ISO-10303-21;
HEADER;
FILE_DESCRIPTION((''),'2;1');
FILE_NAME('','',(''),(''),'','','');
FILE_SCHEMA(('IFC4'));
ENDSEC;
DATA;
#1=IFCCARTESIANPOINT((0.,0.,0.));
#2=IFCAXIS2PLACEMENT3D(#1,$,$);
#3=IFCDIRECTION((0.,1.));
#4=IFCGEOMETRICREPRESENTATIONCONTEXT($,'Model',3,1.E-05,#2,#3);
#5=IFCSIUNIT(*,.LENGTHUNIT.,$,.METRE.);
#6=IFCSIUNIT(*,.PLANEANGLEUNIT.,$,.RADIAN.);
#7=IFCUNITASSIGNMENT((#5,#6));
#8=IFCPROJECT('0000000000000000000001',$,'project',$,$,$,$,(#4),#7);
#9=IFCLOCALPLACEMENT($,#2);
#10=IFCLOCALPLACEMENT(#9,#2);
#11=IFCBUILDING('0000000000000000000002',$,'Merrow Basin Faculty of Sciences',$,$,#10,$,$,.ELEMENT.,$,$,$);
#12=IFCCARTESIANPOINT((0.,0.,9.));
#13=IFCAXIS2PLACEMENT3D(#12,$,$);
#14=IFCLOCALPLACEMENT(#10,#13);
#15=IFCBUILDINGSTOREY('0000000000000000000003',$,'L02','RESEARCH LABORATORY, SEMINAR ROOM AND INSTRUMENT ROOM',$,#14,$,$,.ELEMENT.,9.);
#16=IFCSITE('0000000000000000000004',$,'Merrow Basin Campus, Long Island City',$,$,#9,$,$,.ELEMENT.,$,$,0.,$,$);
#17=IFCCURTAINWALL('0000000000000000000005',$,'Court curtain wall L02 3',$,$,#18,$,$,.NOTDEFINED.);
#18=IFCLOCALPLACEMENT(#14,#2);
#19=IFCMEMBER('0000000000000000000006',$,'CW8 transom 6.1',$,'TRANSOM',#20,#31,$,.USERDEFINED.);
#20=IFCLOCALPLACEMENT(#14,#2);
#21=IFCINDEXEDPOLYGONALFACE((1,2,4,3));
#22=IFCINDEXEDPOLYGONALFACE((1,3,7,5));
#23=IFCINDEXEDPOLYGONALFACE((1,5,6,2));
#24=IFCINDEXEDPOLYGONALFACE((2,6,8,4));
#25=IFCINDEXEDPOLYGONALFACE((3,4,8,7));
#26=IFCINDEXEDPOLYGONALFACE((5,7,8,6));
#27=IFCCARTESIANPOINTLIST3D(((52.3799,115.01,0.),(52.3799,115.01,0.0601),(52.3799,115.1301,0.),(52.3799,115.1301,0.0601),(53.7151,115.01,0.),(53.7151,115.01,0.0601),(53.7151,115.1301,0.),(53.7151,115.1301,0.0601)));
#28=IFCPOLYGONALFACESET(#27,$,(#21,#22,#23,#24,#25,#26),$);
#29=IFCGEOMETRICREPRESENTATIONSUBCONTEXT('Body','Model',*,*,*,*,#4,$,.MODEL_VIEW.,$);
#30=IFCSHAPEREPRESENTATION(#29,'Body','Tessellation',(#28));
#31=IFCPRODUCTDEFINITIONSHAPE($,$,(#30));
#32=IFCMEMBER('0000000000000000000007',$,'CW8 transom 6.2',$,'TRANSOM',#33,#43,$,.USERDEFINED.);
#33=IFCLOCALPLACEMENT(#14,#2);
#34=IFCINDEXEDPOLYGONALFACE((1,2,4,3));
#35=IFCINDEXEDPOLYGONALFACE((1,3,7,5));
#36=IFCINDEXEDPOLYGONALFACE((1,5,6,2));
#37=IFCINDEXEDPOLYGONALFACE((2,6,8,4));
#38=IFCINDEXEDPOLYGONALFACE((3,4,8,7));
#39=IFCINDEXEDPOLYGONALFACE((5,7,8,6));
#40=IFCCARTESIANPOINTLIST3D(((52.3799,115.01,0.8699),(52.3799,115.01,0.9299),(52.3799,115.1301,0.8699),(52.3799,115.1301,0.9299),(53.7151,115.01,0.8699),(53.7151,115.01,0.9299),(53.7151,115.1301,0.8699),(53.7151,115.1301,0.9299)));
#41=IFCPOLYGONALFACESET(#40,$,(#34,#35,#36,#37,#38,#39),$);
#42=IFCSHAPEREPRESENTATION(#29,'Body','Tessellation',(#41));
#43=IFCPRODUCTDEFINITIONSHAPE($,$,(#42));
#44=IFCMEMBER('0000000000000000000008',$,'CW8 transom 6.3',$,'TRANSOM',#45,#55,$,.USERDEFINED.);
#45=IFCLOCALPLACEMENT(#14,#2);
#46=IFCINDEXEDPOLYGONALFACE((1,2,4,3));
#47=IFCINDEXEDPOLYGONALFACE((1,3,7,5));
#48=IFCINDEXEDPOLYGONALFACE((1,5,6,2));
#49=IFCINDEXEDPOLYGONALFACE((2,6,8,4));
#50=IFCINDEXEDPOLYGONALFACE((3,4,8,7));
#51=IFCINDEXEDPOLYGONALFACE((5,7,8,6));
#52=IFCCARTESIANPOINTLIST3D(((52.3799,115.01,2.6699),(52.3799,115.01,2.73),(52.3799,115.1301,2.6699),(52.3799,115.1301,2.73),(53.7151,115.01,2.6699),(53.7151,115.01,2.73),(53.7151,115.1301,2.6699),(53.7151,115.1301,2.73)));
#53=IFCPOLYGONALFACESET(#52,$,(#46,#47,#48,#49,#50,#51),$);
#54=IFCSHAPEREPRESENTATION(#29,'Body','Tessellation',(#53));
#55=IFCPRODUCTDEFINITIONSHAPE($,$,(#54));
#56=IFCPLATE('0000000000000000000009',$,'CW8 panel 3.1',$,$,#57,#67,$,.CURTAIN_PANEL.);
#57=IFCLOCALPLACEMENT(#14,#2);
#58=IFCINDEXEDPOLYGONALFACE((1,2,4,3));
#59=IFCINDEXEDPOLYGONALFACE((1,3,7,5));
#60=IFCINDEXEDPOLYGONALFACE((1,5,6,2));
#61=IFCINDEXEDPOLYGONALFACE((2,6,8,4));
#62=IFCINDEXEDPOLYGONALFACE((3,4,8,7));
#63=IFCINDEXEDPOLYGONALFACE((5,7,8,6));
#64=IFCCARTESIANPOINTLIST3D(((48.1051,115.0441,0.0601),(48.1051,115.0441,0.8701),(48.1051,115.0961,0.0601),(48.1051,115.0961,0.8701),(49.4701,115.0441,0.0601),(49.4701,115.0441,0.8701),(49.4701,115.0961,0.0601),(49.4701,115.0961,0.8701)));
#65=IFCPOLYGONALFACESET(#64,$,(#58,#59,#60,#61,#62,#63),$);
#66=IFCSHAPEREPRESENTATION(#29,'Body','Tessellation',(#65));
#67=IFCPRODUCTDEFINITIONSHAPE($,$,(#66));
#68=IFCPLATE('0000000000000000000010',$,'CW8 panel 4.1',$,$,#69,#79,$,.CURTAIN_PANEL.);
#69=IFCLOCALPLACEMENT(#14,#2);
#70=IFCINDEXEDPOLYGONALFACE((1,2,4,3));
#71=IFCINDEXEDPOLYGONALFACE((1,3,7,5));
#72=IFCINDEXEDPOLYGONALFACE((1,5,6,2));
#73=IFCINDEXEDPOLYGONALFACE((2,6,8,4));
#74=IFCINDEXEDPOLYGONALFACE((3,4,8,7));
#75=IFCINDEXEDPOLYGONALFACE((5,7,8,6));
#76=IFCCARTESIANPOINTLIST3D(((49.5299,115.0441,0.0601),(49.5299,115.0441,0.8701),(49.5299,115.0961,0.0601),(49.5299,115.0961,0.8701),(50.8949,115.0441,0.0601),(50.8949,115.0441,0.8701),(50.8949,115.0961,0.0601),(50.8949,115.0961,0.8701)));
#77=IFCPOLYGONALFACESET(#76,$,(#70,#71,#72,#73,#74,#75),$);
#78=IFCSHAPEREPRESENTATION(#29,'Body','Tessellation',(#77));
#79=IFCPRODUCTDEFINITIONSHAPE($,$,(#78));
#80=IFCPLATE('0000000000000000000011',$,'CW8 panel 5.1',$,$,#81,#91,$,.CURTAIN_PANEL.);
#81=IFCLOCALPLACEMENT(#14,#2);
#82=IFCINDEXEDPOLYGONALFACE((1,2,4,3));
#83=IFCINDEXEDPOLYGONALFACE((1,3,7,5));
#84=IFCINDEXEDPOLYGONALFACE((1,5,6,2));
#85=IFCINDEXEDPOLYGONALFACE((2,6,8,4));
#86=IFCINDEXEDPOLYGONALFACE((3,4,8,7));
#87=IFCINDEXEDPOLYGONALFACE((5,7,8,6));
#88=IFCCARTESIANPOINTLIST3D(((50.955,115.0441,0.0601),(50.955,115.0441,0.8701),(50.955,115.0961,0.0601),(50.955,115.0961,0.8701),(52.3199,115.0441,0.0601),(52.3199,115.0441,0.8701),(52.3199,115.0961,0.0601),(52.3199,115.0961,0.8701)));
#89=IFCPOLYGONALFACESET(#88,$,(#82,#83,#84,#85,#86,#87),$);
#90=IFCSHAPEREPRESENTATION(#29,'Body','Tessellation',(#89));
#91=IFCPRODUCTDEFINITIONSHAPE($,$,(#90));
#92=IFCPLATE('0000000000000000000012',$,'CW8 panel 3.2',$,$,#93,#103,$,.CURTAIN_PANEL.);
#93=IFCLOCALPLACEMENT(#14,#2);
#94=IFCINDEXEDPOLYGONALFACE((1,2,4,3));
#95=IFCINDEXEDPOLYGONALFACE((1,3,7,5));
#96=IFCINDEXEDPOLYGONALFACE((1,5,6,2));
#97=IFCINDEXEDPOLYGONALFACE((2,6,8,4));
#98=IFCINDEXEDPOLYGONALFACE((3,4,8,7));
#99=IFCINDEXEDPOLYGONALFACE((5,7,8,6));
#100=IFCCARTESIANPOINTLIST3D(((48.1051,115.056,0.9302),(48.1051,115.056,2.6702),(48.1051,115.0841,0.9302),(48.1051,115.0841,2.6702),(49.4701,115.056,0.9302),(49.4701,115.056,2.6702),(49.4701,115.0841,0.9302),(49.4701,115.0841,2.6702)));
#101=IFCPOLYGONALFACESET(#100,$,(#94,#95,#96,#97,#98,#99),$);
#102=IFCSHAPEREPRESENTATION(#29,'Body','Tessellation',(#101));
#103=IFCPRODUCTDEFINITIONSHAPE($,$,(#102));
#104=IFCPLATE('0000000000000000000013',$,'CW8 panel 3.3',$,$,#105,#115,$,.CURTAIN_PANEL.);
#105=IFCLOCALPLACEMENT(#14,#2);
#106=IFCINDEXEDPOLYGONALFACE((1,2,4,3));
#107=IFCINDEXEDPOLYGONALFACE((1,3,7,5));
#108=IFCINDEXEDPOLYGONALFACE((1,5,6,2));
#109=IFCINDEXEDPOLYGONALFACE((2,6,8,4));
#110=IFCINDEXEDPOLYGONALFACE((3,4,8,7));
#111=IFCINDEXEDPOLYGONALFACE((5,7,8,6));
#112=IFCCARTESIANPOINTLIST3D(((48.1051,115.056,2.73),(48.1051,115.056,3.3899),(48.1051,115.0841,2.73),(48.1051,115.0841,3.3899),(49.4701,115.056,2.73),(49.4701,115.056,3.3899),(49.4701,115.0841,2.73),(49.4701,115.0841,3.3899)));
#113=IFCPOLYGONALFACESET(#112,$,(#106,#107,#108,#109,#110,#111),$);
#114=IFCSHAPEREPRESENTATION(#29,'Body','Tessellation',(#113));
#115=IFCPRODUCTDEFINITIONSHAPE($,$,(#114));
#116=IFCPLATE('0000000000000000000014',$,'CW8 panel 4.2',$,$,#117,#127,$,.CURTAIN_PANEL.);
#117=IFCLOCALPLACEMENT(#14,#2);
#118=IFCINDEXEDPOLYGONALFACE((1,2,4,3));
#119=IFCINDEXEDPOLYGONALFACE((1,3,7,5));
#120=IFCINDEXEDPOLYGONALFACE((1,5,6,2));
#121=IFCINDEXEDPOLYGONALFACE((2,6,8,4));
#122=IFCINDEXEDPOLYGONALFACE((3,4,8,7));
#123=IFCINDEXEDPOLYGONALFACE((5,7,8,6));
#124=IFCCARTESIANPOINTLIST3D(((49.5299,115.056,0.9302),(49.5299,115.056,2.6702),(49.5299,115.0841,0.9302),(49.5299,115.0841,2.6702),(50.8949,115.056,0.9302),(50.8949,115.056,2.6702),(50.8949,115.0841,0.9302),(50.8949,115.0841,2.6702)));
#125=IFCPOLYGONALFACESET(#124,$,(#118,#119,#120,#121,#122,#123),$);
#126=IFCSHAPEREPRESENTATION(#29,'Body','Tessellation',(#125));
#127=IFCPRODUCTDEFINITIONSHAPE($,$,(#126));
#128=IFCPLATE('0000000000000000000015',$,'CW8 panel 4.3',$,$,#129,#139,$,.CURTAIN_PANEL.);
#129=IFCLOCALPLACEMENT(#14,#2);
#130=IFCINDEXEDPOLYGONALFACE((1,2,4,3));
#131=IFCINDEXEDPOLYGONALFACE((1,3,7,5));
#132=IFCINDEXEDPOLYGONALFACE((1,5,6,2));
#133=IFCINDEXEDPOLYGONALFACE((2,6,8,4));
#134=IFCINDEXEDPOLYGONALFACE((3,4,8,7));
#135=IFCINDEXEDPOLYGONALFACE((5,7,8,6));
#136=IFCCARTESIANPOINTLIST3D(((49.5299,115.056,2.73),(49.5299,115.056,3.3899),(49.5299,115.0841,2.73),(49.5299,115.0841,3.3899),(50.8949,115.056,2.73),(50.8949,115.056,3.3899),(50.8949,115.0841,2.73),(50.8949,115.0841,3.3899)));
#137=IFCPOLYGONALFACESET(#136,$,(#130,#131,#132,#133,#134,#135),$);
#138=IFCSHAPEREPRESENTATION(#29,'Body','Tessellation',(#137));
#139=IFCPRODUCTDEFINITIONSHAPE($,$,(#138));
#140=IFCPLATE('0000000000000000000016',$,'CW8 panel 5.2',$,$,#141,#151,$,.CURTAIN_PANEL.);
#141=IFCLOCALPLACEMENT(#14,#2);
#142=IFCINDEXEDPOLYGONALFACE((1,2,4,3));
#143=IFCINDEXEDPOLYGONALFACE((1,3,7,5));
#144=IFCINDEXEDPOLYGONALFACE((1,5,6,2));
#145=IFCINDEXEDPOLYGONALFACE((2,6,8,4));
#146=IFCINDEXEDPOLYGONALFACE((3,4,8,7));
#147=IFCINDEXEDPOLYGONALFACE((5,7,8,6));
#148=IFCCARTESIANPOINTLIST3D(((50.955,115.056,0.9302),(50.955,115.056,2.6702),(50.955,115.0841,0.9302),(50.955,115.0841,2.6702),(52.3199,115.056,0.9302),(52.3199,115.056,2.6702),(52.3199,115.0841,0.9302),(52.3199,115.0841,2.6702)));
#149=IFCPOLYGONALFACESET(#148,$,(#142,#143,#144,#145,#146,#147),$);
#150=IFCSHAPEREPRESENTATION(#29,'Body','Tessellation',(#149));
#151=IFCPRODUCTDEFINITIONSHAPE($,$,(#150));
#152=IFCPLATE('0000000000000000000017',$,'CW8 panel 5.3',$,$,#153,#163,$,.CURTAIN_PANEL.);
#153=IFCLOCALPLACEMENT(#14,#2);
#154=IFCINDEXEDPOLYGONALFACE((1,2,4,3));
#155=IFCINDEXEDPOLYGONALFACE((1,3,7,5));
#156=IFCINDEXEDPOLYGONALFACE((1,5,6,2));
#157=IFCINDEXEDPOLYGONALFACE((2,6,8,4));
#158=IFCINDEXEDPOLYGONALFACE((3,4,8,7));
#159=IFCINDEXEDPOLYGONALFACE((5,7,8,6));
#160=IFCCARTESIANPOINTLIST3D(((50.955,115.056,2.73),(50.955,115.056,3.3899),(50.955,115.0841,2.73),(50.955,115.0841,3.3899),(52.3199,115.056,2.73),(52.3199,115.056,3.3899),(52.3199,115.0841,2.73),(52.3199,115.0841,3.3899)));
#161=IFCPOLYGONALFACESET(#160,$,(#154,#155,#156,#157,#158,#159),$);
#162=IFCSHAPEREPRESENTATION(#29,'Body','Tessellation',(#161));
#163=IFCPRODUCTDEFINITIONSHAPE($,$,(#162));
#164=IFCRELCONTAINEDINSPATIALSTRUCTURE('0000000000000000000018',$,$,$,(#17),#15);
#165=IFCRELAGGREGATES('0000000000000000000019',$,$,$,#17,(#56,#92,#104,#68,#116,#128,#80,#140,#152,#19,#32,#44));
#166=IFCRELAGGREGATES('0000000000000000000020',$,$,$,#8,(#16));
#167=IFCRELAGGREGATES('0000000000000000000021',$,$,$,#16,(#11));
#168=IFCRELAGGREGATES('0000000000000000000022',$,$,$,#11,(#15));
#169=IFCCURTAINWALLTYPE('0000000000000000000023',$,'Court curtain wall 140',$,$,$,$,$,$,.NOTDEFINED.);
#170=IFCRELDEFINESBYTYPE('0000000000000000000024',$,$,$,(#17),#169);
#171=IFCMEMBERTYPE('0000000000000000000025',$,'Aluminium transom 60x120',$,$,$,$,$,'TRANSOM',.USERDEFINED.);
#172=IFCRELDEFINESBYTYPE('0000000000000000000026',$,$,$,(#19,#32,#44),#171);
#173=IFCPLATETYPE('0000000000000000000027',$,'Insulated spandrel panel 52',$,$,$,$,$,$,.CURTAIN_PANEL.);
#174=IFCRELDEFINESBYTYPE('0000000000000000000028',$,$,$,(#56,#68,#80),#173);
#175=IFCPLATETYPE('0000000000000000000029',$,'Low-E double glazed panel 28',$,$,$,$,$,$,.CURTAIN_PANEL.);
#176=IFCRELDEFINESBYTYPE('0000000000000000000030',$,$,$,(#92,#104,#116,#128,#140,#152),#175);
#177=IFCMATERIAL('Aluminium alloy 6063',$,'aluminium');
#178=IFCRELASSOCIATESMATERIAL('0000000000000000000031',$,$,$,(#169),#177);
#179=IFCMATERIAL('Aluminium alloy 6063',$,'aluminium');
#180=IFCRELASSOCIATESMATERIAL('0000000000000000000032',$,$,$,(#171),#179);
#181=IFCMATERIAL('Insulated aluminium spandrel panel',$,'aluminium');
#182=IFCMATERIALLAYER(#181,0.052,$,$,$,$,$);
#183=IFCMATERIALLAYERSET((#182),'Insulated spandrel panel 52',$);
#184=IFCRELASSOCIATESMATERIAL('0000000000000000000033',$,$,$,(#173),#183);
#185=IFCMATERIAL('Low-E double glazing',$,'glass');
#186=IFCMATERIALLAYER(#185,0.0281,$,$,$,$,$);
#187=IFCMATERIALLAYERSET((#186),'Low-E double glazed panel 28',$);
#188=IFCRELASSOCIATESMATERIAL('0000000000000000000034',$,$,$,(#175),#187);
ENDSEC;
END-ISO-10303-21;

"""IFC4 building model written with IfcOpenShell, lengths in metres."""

from ifc_helpers import new_model, si_unit, direction, frame, origin, origin_2d, place, context, subcontext, project, spatial, rectangle, extrude, material, layer, layer_set, material_profile, profile_set, type_object, element, aggregate, save


model = new_model("IFC4")

# Units and contexts
model_context = context("Model", 3, precision=1e-05, world=origin(), true_north=direction((0.0, 1.0)))
body_context = subcontext(model_context, "Body", "Model", "MODEL_VIEW")
ifc_project = project(units=[si_unit("LENGTHUNIT", "METRE"), si_unit("PLANEANGLEUNIT", "RADIAN")], contexts=[model_context])

# Site, building, storey
site_placement = place(None, origin())
site = spatial("IfcSite", under=ifc_project, at=site_placement, Name="Merrow Basin Campus, Long Island City", CompositionType="ELEMENT", RefElevation=0.0)
building_placement = place(site_placement, origin())
building = spatial("IfcBuilding", under=site, at=building_placement, Name="Merrow Basin Faculty of Sciences", CompositionType="ELEMENT")
storey_placement = place(building_placement, frame((0.0, 0.0, 9.0)))
storey = spatial("IfcBuildingStorey", under=building, at=storey_placement, Name="L02", Description="RESEARCH LABORATORY, SEMINAR ROOM AND INSTRUMENT ROOM", CompositionType="ELEMENT", Elevation=9.0)

# Curtain wall, members, plates
ifc_material_1 = material(Name="Aluminium alloy 6063", Category="aluminium")
curtain_wall_type = type_object("IfcCurtainWallType", Name="Court curtain wall 140", PredefinedType="NOTDEFINED", material=ifc_material_1)
curtain_wall_placement = place(storey_placement, origin())
curtain_wall = element("IfcCurtainWall", 1, at=curtain_wall_placement, inside=storey, type_object=curtain_wall_type, Name="Court curtain wall L02 3", PredefinedType="NOTDEFINED")
ifc_material_2 = material(Name="Aluminium alloy 6063", Category="aluminium")
ifc_material_profile_1 = material_profile(ifc_material_2, rectangle(XDim=0.1201, YDim=0.0601, at=origin_2d()))
ifc_profile_set_1 = profile_set([ifc_material_profile_1], Name="Aluminium alloy 6063")
member_type_1 = type_object("IfcMemberType", Name="Aluminium transom 60x120", ElementType="TRANSOM", PredefinedType="USERDEFINED", material=ifc_profile_set_1)
member_1_placement = place(storey_placement, frame((52.3799, 115.0701, 0.03), z_axis=(1.0, 0.0, 0.0), x_axis=(0.0, 1.0, 0.0)))
member_1 = element("IfcMember", 2, at=member_1_placement, type_object=member_type_1, Name="CW8 transom 6.1", ObjectType="TRANSOM", PredefinedType="USERDEFINED", context=body_context, shape_type="SweptSolid", body=[
    extrude(rectangle(XDim=0.1201, YDim=0.0601, at=origin_2d()), origin(), (0.0, 0.0, 1.0), 1.3352),
])
member_2_placement = place(storey_placement, frame((52.3799, 115.0701, 0.8999), z_axis=(1.0, 0.0, 0.0), x_axis=(0.0, 1.0, 0.0)))
member_2 = element("IfcMember", 3, at=member_2_placement, type_object=member_type_1, Name="CW8 transom 6.2", ObjectType="TRANSOM", PredefinedType="USERDEFINED", context=body_context, shape_type="SweptSolid", body=[
    extrude(rectangle(XDim=0.1201, YDim=0.0601, at=origin_2d()), origin(), (0.0, 0.0, 1.0), 1.3352),
])
member_3_placement = place(storey_placement, frame((52.3799, 115.0701, 2.7), z_axis=(1.0, 0.0, 0.0), x_axis=(0.0, 1.0, 0.0)))
member_3 = element("IfcMember", 4, at=member_3_placement, type_object=member_type_1, Name="CW8 transom 6.3", ObjectType="TRANSOM", PredefinedType="USERDEFINED", context=body_context, shape_type="SweptSolid", body=[
    extrude(rectangle(XDim=0.1201, YDim=0.0601, at=origin_2d()), origin(), (0.0, 0.0, 1.0), 1.3352),
])
ifc_material_3 = material(Name="Insulated aluminium spandrel panel", Category="aluminium")
ifc_layer_1 = layer(ifc_material_3, 0.052)
ifc_layer_set_1 = layer_set([ifc_layer_1], Name="Insulated spandrel panel 52")
plate_type_1 = type_object("IfcPlateType", Name="Insulated spandrel panel 52", PredefinedType="CURTAIN_PANEL", material=ifc_layer_set_1)
plate_1_placement = place(storey_placement, frame((48.7876, 115.0701, 0.0601), z_axis=(0.0, 0.0, 1.0), x_axis=(1.0, 0.0, 0.0)))
plate_1 = element("IfcPlate", 5, at=plate_1_placement, type_object=plate_type_1, Name="CW8 panel 3.1", PredefinedType="CURTAIN_PANEL", context=body_context, shape_type="SweptSolid", body=[
    extrude(rectangle(XDim=1.365, YDim=0.052, at=origin_2d()), origin(), (0.0, 0.0, 1.0), 0.8101),
])
plate_2_placement = place(storey_placement, frame((50.2124, 115.0701, 0.0601), z_axis=(0.0, 0.0, 1.0), x_axis=(1.0, 0.0, 0.0)))
plate_2 = element("IfcPlate", 6, at=plate_2_placement, type_object=plate_type_1, Name="CW8 panel 4.1", PredefinedType="CURTAIN_PANEL", context=body_context, shape_type="SweptSolid", body=[
    extrude(rectangle(XDim=1.365, YDim=0.052, at=origin_2d()), origin(), (0.0, 0.0, 1.0), 0.8101),
])
plate_3_placement = place(storey_placement, frame((51.6375, 115.0701, 0.0601), z_axis=(0.0, 0.0, 1.0), x_axis=(1.0, 0.0, 0.0)))
plate_3 = element("IfcPlate", 7, at=plate_3_placement, type_object=plate_type_1, Name="CW8 panel 5.1", PredefinedType="CURTAIN_PANEL", context=body_context, shape_type="SweptSolid", body=[
    extrude(rectangle(XDim=1.365, YDim=0.052, at=origin_2d()), origin(), (0.0, 0.0, 1.0), 0.8101),
])
ifc_material_4 = material(Name="Low-E double glazing", Category="glass")
ifc_layer_2 = layer(ifc_material_4, 0.0281)
ifc_layer_set_2 = layer_set([ifc_layer_2], Name="Low-E double glazed panel 28")
plate_type_2 = type_object("IfcPlateType", Name="Low-E double glazed panel 28", PredefinedType="CURTAIN_PANEL", material=ifc_layer_set_2)
plate_4_placement = place(storey_placement, frame((48.7876, 115.0701, 0.9302), z_axis=(0.0, 0.0, 1.0), x_axis=(1.0, 0.0, 0.0)))
plate_4 = element("IfcPlate", 8, at=plate_4_placement, type_object=plate_type_2, Name="CW8 panel 3.2", PredefinedType="CURTAIN_PANEL", context=body_context, shape_type="SweptSolid", body=[
    extrude(rectangle(XDim=1.365, YDim=0.0281, at=origin_2d()), origin(), (0.0, 0.0, 1.0), 1.74),
])
plate_5_placement = place(storey_placement, frame((48.7876, 115.0701, 2.73), z_axis=(0.0, 0.0, 1.0), x_axis=(1.0, 0.0, 0.0)))
plate_5 = element("IfcPlate", 9, at=plate_5_placement, type_object=plate_type_2, Name="CW8 panel 3.3", PredefinedType="CURTAIN_PANEL", context=body_context, shape_type="SweptSolid", body=[
    extrude(rectangle(XDim=1.365, YDim=0.0281, at=origin_2d()), origin(), (0.0, 0.0, 1.0), 0.6599),
])
plate_6_placement = place(storey_placement, frame((50.2124, 115.0701, 0.9302), z_axis=(0.0, 0.0, 1.0), x_axis=(1.0, 0.0, 0.0)))
plate_6 = element("IfcPlate", 10, at=plate_6_placement, type_object=plate_type_2, Name="CW8 panel 4.2", PredefinedType="CURTAIN_PANEL", context=body_context, shape_type="SweptSolid", body=[
    extrude(rectangle(XDim=1.365, YDim=0.0281, at=origin_2d()), origin(), (0.0, 0.0, 1.0), 1.74),
])
plate_7_placement = place(storey_placement, frame((50.2124, 115.0701, 2.73), z_axis=(0.0, 0.0, 1.0), x_axis=(1.0, 0.0, 0.0)))
plate_7 = element("IfcPlate", 11, at=plate_7_placement, type_object=plate_type_2, Name="CW8 panel 4.3", PredefinedType="CURTAIN_PANEL", context=body_context, shape_type="SweptSolid", body=[
    extrude(rectangle(XDim=1.365, YDim=0.0281, at=origin_2d()), origin(), (0.0, 0.0, 1.0), 0.6599),
])
plate_8_placement = place(storey_placement, frame((51.6375, 115.0701, 0.9302), z_axis=(0.0, 0.0, 1.0), x_axis=(1.0, 0.0, 0.0)))
plate_8 = element("IfcPlate", 12, at=plate_8_placement, type_object=plate_type_2, Name="CW8 panel 5.2", PredefinedType="CURTAIN_PANEL", context=body_context, shape_type="SweptSolid", body=[
    extrude(rectangle(XDim=1.365, YDim=0.0281, at=origin_2d()), origin(), (0.0, 0.0, 1.0), 1.74),
])
plate_9_placement = place(storey_placement, frame((51.6375, 115.0701, 2.73), z_axis=(0.0, 0.0, 1.0), x_axis=(1.0, 0.0, 0.0)))
plate_9 = element("IfcPlate", 13, at=plate_9_placement, type_object=plate_type_2, Name="CW8 panel 5.3", PredefinedType="CURTAIN_PANEL", context=body_context, shape_type="SweptSolid", body=[
    extrude(rectangle(XDim=1.365, YDim=0.0281, at=origin_2d()), origin(), (0.0, 0.0, 1.0), 0.6599),
])
aggregate(curtain_wall, [plate_1, plate_4, plate_5, plate_2, plate_6, plate_7, plate_3, plate_8, plate_9, member_1, member_2, member_3])

save(model, "model.ifc")
